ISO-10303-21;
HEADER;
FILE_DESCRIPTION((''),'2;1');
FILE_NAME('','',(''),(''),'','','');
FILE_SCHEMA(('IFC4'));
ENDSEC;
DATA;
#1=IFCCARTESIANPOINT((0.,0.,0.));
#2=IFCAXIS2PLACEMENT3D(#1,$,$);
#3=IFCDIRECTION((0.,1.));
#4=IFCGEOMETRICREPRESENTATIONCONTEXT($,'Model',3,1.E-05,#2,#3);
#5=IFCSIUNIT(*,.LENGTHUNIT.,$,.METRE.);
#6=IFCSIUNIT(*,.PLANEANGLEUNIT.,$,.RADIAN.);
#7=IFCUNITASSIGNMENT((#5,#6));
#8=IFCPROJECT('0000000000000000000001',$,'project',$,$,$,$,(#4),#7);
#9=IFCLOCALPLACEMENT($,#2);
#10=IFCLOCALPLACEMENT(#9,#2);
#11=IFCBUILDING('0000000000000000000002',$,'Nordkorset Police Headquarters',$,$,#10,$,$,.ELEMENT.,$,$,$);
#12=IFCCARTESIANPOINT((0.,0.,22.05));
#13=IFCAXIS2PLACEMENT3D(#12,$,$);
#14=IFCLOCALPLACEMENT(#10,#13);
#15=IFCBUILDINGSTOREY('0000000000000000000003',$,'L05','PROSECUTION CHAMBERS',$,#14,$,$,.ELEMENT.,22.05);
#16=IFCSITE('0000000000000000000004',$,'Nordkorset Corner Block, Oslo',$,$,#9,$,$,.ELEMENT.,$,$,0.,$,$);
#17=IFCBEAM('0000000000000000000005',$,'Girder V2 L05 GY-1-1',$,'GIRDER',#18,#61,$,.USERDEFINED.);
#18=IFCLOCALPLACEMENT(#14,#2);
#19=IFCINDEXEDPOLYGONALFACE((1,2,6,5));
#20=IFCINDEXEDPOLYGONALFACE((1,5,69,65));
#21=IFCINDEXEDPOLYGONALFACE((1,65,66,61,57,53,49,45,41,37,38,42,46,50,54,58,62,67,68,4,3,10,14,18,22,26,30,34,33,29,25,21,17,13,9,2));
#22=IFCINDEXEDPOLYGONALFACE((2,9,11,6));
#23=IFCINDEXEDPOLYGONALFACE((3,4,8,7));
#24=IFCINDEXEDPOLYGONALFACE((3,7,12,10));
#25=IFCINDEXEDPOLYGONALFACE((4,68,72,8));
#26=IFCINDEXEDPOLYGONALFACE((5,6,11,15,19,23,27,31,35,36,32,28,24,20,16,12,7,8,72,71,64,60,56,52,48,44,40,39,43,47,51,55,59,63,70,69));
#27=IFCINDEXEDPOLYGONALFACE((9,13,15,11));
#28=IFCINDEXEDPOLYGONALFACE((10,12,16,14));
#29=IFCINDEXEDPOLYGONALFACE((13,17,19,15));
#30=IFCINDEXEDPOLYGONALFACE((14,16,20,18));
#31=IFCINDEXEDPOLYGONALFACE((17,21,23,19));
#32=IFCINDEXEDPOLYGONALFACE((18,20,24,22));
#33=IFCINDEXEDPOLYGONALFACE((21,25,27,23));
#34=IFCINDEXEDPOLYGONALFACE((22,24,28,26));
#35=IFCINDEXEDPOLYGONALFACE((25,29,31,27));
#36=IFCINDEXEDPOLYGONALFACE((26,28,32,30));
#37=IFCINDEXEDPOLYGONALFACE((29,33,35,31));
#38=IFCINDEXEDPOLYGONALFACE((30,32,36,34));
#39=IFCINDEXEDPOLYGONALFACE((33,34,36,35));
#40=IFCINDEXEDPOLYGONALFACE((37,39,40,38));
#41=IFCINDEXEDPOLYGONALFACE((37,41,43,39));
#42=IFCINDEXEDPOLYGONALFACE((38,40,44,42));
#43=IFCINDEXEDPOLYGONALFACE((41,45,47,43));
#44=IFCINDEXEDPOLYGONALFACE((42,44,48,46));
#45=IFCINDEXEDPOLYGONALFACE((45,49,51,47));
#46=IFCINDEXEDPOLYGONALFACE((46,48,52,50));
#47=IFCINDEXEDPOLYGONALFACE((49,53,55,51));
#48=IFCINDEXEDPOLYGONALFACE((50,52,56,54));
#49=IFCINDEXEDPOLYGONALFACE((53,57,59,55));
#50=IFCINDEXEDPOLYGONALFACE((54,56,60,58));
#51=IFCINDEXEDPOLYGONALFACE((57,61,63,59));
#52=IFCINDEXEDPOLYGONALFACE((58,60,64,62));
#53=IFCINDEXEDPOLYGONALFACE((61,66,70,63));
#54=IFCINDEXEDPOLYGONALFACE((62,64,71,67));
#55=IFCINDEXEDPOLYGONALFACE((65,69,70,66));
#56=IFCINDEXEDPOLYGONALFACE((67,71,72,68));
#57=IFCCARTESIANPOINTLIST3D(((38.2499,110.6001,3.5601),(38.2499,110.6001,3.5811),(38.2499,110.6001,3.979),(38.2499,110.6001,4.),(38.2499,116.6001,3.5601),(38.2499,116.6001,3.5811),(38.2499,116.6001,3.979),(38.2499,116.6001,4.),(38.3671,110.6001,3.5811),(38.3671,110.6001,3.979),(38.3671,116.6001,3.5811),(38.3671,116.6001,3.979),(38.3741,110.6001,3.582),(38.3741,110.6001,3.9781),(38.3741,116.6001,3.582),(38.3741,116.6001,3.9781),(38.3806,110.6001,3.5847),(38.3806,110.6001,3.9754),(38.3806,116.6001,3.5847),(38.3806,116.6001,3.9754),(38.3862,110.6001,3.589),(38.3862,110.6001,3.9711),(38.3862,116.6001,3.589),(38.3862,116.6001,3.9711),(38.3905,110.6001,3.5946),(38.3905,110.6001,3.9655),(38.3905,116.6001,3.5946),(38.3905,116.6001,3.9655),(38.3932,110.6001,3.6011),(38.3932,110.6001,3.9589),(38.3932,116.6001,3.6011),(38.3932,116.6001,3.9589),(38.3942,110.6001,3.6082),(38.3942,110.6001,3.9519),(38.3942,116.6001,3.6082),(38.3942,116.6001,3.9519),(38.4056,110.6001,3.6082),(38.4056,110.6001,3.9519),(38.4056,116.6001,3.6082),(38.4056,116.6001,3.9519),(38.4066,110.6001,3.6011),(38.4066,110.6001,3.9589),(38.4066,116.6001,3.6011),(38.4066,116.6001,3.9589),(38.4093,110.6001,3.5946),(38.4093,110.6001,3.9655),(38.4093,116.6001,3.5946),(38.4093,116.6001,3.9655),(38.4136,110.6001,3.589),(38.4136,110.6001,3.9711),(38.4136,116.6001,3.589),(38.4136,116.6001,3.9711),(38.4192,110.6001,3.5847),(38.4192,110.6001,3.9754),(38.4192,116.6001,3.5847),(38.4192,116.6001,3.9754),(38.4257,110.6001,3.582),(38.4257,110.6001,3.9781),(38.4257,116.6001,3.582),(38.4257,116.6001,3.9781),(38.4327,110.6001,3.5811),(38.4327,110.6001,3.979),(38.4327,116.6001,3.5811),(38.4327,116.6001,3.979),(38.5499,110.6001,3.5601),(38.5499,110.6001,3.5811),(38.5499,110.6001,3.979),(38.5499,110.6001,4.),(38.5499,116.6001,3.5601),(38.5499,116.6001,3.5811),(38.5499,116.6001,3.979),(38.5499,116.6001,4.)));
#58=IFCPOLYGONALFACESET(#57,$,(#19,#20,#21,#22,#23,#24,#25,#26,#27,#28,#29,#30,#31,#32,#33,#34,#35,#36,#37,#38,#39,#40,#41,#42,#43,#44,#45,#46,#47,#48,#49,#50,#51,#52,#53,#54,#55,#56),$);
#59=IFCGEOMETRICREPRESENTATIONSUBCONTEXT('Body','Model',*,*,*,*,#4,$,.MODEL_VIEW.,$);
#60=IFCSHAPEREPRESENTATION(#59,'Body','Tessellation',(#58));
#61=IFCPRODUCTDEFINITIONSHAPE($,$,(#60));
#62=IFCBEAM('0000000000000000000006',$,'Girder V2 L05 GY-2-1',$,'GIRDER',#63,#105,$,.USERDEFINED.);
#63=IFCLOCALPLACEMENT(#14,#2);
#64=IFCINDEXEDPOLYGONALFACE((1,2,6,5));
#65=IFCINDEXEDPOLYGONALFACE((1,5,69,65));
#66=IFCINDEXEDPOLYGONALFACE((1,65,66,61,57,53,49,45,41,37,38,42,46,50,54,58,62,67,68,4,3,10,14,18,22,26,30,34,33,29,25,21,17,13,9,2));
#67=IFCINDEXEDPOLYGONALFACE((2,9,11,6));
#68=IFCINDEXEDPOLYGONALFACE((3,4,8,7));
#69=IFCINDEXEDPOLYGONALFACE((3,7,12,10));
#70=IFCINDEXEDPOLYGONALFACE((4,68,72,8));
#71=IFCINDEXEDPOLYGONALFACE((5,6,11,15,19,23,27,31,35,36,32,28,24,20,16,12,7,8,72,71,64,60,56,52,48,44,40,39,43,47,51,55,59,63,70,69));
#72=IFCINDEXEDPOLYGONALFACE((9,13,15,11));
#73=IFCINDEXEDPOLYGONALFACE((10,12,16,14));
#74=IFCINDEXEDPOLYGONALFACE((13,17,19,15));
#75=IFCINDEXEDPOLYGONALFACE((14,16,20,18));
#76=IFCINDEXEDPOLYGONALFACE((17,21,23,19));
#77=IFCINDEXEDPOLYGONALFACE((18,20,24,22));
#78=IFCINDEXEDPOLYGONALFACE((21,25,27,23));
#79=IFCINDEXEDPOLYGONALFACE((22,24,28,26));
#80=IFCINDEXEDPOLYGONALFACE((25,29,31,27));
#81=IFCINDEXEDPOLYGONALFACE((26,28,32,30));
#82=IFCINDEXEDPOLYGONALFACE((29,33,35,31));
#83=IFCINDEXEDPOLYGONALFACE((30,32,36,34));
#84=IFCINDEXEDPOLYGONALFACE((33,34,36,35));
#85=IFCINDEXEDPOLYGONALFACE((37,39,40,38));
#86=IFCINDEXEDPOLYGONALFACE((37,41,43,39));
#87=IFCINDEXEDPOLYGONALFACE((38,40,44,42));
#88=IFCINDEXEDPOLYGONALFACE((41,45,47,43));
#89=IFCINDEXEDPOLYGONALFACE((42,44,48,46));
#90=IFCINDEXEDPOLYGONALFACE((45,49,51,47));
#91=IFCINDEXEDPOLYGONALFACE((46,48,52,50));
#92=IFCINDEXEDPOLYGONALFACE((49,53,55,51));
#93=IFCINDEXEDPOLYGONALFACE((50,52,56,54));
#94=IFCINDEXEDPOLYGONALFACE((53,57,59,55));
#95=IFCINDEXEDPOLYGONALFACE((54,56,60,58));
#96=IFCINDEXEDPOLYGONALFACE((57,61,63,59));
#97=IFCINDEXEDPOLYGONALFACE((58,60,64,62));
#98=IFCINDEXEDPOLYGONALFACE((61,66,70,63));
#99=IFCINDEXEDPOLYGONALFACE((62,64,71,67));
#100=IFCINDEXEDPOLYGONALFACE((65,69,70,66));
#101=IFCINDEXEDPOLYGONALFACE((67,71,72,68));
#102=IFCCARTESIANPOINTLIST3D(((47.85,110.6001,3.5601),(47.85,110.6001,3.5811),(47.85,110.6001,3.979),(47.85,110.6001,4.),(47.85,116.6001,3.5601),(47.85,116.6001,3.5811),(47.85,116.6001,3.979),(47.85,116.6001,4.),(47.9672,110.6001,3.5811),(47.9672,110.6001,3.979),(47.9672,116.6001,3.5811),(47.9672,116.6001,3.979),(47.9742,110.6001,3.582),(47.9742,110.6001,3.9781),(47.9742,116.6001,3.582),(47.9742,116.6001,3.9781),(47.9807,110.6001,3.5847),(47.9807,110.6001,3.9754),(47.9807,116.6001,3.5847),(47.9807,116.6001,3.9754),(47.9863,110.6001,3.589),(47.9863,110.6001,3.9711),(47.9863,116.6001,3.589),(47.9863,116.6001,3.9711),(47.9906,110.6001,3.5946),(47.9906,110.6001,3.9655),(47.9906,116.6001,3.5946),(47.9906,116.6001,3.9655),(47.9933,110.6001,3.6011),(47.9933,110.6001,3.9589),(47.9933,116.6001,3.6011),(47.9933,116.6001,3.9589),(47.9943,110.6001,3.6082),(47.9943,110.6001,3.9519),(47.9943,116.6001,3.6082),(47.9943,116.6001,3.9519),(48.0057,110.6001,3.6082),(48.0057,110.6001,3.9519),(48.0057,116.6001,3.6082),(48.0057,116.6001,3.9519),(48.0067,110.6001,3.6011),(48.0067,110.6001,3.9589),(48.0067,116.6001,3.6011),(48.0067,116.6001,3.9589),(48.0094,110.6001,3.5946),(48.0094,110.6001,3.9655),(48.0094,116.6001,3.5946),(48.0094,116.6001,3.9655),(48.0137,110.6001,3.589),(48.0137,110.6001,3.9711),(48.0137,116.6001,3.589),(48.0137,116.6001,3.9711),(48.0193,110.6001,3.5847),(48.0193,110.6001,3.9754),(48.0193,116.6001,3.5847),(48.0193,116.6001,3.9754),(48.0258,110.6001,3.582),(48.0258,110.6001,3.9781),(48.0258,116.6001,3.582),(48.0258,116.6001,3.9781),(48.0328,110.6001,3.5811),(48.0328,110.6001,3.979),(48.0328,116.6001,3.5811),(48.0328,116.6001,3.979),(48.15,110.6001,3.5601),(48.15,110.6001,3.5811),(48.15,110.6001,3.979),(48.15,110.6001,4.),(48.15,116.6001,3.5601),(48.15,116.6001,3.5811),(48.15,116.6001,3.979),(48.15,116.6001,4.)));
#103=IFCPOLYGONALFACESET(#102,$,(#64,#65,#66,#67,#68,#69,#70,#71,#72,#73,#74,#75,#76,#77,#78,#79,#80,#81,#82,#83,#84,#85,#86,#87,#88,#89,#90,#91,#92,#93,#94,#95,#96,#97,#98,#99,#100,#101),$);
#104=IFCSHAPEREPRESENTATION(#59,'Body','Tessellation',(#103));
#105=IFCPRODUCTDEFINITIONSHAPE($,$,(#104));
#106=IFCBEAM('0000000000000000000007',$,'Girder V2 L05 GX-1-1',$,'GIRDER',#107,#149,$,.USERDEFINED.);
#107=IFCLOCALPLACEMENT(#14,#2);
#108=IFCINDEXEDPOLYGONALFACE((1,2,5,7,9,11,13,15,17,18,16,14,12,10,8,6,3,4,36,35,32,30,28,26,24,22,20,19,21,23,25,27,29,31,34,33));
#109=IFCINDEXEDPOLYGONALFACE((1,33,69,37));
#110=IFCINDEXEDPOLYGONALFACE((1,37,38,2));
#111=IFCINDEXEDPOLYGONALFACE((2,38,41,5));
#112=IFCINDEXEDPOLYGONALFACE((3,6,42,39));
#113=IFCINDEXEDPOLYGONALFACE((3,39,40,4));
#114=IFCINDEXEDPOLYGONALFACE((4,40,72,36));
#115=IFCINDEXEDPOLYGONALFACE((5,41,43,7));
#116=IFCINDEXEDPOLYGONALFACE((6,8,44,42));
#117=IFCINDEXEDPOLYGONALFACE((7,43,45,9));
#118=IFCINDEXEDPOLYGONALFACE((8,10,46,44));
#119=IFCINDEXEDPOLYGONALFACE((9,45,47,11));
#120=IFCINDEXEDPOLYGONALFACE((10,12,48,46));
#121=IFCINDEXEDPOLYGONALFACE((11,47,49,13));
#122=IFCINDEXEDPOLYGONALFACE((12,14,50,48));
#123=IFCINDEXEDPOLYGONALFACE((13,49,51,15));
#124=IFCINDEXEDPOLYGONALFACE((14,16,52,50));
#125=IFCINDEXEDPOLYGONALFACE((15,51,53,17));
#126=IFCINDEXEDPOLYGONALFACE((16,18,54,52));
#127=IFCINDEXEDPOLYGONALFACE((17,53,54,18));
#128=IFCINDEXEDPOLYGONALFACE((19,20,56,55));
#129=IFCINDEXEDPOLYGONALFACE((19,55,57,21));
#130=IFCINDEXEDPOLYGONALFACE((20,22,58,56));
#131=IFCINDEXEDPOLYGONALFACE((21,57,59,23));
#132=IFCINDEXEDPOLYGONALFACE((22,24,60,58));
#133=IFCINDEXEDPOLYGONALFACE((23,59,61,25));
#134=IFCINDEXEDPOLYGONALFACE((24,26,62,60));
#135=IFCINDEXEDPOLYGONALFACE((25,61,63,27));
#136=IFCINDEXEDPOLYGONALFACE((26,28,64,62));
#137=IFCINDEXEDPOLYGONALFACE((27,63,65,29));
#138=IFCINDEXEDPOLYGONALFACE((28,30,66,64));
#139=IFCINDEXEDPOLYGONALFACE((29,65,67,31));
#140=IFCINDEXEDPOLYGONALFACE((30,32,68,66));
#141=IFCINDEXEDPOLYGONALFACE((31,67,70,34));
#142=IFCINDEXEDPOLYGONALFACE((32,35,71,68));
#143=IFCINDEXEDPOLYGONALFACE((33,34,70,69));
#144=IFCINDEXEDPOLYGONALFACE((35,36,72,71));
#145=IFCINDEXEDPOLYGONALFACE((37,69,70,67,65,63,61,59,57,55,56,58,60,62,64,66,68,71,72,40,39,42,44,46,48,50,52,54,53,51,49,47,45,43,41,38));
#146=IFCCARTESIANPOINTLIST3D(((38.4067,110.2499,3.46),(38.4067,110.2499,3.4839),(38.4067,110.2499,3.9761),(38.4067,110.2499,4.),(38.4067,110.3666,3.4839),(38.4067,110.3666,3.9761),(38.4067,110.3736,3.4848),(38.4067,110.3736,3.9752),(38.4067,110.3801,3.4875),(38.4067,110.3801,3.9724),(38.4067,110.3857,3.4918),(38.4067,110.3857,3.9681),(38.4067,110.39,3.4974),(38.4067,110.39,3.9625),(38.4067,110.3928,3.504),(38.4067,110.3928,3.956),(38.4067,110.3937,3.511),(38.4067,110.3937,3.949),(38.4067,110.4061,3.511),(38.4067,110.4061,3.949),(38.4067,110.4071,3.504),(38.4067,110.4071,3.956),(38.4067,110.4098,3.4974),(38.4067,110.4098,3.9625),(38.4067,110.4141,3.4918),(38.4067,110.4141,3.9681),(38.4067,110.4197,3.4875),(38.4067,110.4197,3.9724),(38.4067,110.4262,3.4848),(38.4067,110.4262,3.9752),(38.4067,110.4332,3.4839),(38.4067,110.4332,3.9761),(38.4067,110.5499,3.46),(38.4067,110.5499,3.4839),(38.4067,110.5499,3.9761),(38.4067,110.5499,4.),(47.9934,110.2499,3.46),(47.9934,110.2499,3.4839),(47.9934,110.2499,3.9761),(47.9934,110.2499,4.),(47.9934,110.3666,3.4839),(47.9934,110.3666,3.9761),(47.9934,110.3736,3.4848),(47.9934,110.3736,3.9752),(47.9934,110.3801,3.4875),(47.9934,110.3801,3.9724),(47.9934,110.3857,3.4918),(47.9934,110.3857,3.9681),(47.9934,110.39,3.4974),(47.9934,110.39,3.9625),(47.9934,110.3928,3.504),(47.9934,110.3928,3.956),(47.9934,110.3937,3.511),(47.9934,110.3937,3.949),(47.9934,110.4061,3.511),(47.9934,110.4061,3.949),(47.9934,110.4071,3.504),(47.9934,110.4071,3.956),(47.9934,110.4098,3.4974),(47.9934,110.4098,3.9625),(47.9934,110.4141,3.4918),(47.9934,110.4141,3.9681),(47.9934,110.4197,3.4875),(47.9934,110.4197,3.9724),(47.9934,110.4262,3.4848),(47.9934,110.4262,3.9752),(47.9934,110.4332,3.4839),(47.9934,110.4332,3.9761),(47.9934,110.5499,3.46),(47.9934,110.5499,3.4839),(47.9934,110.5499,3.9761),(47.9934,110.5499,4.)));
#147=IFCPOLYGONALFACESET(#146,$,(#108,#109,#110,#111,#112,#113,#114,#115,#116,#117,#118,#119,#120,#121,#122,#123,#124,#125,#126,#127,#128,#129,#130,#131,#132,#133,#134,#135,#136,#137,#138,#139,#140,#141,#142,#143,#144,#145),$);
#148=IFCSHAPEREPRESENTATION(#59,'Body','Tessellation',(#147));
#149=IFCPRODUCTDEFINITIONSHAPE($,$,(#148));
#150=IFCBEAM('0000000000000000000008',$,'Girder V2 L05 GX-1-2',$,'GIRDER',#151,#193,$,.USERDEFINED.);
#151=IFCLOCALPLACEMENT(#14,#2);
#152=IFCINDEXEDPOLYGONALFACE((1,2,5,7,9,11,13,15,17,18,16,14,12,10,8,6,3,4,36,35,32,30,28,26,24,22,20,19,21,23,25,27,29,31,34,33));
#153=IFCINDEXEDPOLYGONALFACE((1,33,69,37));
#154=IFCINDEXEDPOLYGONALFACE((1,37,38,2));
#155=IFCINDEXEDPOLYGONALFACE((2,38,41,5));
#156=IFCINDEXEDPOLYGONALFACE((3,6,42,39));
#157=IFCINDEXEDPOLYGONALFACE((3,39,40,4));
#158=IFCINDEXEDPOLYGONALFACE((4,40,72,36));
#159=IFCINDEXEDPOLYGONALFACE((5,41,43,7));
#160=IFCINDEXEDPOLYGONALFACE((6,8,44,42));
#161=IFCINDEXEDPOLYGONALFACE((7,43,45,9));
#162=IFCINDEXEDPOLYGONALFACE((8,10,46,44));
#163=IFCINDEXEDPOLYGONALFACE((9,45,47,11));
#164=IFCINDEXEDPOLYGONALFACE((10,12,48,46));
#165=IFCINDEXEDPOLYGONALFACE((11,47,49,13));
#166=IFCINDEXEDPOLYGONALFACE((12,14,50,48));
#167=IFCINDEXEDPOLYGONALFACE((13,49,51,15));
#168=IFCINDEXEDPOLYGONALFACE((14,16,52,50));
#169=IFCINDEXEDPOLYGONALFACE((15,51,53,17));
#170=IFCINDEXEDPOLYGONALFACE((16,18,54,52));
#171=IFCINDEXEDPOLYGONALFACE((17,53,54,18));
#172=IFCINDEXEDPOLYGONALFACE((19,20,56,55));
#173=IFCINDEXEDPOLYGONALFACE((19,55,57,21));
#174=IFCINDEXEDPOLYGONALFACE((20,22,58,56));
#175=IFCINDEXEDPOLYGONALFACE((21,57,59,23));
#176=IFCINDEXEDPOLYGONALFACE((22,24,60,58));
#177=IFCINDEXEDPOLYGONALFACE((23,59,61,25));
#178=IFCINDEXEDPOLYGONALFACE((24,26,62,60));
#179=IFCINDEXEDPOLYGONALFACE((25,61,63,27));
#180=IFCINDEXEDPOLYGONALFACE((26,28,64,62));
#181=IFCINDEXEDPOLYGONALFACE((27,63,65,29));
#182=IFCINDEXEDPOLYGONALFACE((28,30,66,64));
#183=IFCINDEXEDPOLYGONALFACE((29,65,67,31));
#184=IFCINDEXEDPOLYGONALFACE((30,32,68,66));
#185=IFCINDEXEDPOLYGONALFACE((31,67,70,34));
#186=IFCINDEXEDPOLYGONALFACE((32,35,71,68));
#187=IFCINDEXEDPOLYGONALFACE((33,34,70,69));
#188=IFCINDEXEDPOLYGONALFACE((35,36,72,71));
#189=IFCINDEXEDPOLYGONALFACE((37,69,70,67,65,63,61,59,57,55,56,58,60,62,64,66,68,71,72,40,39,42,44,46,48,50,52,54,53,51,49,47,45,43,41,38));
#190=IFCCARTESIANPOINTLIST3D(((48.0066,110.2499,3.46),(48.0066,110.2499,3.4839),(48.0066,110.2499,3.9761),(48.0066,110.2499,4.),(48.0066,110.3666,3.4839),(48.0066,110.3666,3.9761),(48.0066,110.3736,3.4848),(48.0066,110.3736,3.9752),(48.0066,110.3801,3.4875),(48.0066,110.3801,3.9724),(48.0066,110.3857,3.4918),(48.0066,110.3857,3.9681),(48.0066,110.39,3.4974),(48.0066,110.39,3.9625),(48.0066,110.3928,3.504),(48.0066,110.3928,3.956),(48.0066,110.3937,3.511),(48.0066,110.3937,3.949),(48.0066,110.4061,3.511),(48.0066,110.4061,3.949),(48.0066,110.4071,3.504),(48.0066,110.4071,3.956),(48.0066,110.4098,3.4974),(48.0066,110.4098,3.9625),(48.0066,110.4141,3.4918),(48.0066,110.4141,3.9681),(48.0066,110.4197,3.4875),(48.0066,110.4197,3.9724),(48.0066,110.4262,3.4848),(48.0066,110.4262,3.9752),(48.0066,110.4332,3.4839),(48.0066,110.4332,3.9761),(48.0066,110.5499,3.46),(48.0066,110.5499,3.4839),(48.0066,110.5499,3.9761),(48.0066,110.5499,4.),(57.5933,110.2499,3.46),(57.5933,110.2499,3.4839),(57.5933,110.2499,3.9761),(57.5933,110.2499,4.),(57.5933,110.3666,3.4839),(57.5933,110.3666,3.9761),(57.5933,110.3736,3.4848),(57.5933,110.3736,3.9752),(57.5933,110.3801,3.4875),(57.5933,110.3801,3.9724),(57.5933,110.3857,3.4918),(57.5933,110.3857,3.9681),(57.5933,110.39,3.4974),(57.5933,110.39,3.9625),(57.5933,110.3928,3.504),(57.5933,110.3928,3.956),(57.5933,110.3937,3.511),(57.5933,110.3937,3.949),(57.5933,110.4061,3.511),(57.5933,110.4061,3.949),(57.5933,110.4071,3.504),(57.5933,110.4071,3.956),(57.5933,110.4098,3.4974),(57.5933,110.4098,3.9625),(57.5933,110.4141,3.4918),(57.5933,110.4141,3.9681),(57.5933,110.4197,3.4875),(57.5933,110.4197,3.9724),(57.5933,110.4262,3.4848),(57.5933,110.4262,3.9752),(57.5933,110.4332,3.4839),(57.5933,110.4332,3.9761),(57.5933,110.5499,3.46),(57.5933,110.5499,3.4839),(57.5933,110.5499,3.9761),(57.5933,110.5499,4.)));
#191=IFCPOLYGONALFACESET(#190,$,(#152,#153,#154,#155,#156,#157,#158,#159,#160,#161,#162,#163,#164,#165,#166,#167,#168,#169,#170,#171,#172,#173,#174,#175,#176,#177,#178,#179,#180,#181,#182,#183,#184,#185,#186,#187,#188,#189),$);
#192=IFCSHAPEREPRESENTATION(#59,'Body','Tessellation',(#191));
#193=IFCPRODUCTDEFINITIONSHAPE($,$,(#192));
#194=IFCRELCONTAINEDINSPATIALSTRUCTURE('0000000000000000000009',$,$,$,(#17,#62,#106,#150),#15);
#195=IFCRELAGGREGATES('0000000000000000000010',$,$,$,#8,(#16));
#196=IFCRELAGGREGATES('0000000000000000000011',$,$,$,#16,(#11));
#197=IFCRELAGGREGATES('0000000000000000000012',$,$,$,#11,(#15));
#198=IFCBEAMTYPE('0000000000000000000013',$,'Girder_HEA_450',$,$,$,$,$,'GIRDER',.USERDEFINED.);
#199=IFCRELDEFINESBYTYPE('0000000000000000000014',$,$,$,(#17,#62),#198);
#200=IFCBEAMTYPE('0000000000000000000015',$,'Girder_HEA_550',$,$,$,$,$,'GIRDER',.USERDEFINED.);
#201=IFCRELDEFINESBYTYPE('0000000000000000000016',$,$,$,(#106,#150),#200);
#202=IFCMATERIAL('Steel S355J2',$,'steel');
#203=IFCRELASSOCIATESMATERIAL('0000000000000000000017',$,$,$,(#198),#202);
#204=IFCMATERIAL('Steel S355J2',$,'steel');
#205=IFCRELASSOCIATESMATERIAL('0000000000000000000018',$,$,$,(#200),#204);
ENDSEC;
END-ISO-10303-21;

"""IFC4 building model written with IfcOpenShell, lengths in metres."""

from ifc_helpers import new_model, si_unit, direction, frame, origin, origin_2d, place, context, subcontext, project, spatial, i_section, extrude, material, material_profile, profile_set, type_object, element, save


model = new_model("IFC4")

# Units and contexts
model_context = context("Model", 3, precision=1e-05, world=origin(), true_north=direction((0.0, 1.0)))
body_context = subcontext(model_context, "Body", "Model", "MODEL_VIEW")
ifc_project = project(units=[si_unit("LENGTHUNIT", "METRE"), si_unit("PLANEANGLEUNIT", "RADIAN")], contexts=[model_context])

# Site, building, storey
site_placement = place(None, origin())
site = spatial("IfcSite", under=ifc_project, at=site_placement, Name="Nordkorset Corner Block, Oslo", CompositionType="ELEMENT", RefElevation=0.0)
building_placement = place(site_placement, origin())
building = spatial("IfcBuilding", under=site, at=building_placement, Name="Nordkorset Police Headquarters", CompositionType="ELEMENT")
storey_placement = place(building_placement, frame((0.0, 0.0, 22.05)))
storey = spatial("IfcBuildingStorey", under=building, at=storey_placement, Name="L05", Description="PROSECUTION CHAMBERS", CompositionType="ELEMENT", Elevation=22.05)

# Beams
ifc_material_1 = material(Name="Steel S355J2", Category="steel")
ifc_material_profile_1 = material_profile(ifc_material_1, i_section(OverallWidth=0.3, OverallDepth=0.4399, WebThickness=0.0115, FlangeThickness=0.021, FilletRadius=0.0271, at=origin_2d()), Name="HEA 450")
ifc_profile_set_1 = profile_set([ifc_material_profile_1], Name="Steel S355J2")
beam_type_1 = type_object("IfcBeamType", Name="Girder_HEA_450", ElementType="GIRDER", PredefinedType="USERDEFINED", material=ifc_profile_set_1)
for number, where, z_axis, x_axis, name in (
    (1, (38.3999, 110.6001, 3.78), (0.0, 1.0, 0.0), (-1.0, 0.0, 0.0), "Girder V2 L05 GY-1-1"),
    (2, (48.0, 110.6001, 3.78), (0.0, 1.0, 0.0), (-1.0, 0.0, 0.0), "Girder V2 L05 GY-2-1"),
):
    element("IfcBeam", number, at=place(storey_placement, frame(where, z_axis=z_axis, x_axis=x_axis)), inside=storey, type_object=beam_type_1, Name=name, ObjectType="GIRDER", PredefinedType="USERDEFINED", context=body_context, shape_type="SweptSolid", body=[
        extrude(i_section(OverallWidth=0.3, OverallDepth=0.4399, WebThickness=0.0115, FlangeThickness=0.021, FilletRadius=0.0271, at=origin_2d()), origin(), (0.0, 0.0, 1.0), 6.0),
    ])
ifc_material_2 = material(Name="Steel S355J2", Category="steel")
ifc_material_profile_2 = material_profile(ifc_material_2, i_section(OverallWidth=0.3, OverallDepth=0.54, WebThickness=0.0125, FlangeThickness=0.0239, FilletRadius=0.0271, at=origin_2d()), Name="HEA 550")
ifc_profile_set_2 = profile_set([ifc_material_profile_2], Name="Steel S355J2")
beam_type_2 = type_object("IfcBeamType", Name="Girder_HEA_550", ElementType="GIRDER", PredefinedType="USERDEFINED", material=ifc_profile_set_2)
for number, where, z_axis, x_axis, name in (
    (3, (38.4067, 110.3999, 3.73), (1.0, 0.0, 0.0), (0.0, 1.0, 0.0), "Girder V2 L05 GX-1-1"),
    (4, (48.0066, 110.3999, 3.73), (1.0, 0.0, 0.0), (0.0, 1.0, 0.0), "Girder V2 L05 GX-1-2"),
):
    element("IfcBeam", number, at=place(storey_placement, frame(where, z_axis=z_axis, x_axis=x_axis)), inside=storey, type_object=beam_type_2, Name=name, ObjectType="GIRDER", PredefinedType="USERDEFINED", context=body_context, shape_type="SweptSolid", body=[
        extrude(i_section(OverallWidth=0.3, OverallDepth=0.54, WebThickness=0.0125, FlangeThickness=0.0239, FilletRadius=0.0271, at=origin_2d()), origin(), (0.0, 0.0, 1.0), 9.5867),
    ])

save(model, "model.ifc")
